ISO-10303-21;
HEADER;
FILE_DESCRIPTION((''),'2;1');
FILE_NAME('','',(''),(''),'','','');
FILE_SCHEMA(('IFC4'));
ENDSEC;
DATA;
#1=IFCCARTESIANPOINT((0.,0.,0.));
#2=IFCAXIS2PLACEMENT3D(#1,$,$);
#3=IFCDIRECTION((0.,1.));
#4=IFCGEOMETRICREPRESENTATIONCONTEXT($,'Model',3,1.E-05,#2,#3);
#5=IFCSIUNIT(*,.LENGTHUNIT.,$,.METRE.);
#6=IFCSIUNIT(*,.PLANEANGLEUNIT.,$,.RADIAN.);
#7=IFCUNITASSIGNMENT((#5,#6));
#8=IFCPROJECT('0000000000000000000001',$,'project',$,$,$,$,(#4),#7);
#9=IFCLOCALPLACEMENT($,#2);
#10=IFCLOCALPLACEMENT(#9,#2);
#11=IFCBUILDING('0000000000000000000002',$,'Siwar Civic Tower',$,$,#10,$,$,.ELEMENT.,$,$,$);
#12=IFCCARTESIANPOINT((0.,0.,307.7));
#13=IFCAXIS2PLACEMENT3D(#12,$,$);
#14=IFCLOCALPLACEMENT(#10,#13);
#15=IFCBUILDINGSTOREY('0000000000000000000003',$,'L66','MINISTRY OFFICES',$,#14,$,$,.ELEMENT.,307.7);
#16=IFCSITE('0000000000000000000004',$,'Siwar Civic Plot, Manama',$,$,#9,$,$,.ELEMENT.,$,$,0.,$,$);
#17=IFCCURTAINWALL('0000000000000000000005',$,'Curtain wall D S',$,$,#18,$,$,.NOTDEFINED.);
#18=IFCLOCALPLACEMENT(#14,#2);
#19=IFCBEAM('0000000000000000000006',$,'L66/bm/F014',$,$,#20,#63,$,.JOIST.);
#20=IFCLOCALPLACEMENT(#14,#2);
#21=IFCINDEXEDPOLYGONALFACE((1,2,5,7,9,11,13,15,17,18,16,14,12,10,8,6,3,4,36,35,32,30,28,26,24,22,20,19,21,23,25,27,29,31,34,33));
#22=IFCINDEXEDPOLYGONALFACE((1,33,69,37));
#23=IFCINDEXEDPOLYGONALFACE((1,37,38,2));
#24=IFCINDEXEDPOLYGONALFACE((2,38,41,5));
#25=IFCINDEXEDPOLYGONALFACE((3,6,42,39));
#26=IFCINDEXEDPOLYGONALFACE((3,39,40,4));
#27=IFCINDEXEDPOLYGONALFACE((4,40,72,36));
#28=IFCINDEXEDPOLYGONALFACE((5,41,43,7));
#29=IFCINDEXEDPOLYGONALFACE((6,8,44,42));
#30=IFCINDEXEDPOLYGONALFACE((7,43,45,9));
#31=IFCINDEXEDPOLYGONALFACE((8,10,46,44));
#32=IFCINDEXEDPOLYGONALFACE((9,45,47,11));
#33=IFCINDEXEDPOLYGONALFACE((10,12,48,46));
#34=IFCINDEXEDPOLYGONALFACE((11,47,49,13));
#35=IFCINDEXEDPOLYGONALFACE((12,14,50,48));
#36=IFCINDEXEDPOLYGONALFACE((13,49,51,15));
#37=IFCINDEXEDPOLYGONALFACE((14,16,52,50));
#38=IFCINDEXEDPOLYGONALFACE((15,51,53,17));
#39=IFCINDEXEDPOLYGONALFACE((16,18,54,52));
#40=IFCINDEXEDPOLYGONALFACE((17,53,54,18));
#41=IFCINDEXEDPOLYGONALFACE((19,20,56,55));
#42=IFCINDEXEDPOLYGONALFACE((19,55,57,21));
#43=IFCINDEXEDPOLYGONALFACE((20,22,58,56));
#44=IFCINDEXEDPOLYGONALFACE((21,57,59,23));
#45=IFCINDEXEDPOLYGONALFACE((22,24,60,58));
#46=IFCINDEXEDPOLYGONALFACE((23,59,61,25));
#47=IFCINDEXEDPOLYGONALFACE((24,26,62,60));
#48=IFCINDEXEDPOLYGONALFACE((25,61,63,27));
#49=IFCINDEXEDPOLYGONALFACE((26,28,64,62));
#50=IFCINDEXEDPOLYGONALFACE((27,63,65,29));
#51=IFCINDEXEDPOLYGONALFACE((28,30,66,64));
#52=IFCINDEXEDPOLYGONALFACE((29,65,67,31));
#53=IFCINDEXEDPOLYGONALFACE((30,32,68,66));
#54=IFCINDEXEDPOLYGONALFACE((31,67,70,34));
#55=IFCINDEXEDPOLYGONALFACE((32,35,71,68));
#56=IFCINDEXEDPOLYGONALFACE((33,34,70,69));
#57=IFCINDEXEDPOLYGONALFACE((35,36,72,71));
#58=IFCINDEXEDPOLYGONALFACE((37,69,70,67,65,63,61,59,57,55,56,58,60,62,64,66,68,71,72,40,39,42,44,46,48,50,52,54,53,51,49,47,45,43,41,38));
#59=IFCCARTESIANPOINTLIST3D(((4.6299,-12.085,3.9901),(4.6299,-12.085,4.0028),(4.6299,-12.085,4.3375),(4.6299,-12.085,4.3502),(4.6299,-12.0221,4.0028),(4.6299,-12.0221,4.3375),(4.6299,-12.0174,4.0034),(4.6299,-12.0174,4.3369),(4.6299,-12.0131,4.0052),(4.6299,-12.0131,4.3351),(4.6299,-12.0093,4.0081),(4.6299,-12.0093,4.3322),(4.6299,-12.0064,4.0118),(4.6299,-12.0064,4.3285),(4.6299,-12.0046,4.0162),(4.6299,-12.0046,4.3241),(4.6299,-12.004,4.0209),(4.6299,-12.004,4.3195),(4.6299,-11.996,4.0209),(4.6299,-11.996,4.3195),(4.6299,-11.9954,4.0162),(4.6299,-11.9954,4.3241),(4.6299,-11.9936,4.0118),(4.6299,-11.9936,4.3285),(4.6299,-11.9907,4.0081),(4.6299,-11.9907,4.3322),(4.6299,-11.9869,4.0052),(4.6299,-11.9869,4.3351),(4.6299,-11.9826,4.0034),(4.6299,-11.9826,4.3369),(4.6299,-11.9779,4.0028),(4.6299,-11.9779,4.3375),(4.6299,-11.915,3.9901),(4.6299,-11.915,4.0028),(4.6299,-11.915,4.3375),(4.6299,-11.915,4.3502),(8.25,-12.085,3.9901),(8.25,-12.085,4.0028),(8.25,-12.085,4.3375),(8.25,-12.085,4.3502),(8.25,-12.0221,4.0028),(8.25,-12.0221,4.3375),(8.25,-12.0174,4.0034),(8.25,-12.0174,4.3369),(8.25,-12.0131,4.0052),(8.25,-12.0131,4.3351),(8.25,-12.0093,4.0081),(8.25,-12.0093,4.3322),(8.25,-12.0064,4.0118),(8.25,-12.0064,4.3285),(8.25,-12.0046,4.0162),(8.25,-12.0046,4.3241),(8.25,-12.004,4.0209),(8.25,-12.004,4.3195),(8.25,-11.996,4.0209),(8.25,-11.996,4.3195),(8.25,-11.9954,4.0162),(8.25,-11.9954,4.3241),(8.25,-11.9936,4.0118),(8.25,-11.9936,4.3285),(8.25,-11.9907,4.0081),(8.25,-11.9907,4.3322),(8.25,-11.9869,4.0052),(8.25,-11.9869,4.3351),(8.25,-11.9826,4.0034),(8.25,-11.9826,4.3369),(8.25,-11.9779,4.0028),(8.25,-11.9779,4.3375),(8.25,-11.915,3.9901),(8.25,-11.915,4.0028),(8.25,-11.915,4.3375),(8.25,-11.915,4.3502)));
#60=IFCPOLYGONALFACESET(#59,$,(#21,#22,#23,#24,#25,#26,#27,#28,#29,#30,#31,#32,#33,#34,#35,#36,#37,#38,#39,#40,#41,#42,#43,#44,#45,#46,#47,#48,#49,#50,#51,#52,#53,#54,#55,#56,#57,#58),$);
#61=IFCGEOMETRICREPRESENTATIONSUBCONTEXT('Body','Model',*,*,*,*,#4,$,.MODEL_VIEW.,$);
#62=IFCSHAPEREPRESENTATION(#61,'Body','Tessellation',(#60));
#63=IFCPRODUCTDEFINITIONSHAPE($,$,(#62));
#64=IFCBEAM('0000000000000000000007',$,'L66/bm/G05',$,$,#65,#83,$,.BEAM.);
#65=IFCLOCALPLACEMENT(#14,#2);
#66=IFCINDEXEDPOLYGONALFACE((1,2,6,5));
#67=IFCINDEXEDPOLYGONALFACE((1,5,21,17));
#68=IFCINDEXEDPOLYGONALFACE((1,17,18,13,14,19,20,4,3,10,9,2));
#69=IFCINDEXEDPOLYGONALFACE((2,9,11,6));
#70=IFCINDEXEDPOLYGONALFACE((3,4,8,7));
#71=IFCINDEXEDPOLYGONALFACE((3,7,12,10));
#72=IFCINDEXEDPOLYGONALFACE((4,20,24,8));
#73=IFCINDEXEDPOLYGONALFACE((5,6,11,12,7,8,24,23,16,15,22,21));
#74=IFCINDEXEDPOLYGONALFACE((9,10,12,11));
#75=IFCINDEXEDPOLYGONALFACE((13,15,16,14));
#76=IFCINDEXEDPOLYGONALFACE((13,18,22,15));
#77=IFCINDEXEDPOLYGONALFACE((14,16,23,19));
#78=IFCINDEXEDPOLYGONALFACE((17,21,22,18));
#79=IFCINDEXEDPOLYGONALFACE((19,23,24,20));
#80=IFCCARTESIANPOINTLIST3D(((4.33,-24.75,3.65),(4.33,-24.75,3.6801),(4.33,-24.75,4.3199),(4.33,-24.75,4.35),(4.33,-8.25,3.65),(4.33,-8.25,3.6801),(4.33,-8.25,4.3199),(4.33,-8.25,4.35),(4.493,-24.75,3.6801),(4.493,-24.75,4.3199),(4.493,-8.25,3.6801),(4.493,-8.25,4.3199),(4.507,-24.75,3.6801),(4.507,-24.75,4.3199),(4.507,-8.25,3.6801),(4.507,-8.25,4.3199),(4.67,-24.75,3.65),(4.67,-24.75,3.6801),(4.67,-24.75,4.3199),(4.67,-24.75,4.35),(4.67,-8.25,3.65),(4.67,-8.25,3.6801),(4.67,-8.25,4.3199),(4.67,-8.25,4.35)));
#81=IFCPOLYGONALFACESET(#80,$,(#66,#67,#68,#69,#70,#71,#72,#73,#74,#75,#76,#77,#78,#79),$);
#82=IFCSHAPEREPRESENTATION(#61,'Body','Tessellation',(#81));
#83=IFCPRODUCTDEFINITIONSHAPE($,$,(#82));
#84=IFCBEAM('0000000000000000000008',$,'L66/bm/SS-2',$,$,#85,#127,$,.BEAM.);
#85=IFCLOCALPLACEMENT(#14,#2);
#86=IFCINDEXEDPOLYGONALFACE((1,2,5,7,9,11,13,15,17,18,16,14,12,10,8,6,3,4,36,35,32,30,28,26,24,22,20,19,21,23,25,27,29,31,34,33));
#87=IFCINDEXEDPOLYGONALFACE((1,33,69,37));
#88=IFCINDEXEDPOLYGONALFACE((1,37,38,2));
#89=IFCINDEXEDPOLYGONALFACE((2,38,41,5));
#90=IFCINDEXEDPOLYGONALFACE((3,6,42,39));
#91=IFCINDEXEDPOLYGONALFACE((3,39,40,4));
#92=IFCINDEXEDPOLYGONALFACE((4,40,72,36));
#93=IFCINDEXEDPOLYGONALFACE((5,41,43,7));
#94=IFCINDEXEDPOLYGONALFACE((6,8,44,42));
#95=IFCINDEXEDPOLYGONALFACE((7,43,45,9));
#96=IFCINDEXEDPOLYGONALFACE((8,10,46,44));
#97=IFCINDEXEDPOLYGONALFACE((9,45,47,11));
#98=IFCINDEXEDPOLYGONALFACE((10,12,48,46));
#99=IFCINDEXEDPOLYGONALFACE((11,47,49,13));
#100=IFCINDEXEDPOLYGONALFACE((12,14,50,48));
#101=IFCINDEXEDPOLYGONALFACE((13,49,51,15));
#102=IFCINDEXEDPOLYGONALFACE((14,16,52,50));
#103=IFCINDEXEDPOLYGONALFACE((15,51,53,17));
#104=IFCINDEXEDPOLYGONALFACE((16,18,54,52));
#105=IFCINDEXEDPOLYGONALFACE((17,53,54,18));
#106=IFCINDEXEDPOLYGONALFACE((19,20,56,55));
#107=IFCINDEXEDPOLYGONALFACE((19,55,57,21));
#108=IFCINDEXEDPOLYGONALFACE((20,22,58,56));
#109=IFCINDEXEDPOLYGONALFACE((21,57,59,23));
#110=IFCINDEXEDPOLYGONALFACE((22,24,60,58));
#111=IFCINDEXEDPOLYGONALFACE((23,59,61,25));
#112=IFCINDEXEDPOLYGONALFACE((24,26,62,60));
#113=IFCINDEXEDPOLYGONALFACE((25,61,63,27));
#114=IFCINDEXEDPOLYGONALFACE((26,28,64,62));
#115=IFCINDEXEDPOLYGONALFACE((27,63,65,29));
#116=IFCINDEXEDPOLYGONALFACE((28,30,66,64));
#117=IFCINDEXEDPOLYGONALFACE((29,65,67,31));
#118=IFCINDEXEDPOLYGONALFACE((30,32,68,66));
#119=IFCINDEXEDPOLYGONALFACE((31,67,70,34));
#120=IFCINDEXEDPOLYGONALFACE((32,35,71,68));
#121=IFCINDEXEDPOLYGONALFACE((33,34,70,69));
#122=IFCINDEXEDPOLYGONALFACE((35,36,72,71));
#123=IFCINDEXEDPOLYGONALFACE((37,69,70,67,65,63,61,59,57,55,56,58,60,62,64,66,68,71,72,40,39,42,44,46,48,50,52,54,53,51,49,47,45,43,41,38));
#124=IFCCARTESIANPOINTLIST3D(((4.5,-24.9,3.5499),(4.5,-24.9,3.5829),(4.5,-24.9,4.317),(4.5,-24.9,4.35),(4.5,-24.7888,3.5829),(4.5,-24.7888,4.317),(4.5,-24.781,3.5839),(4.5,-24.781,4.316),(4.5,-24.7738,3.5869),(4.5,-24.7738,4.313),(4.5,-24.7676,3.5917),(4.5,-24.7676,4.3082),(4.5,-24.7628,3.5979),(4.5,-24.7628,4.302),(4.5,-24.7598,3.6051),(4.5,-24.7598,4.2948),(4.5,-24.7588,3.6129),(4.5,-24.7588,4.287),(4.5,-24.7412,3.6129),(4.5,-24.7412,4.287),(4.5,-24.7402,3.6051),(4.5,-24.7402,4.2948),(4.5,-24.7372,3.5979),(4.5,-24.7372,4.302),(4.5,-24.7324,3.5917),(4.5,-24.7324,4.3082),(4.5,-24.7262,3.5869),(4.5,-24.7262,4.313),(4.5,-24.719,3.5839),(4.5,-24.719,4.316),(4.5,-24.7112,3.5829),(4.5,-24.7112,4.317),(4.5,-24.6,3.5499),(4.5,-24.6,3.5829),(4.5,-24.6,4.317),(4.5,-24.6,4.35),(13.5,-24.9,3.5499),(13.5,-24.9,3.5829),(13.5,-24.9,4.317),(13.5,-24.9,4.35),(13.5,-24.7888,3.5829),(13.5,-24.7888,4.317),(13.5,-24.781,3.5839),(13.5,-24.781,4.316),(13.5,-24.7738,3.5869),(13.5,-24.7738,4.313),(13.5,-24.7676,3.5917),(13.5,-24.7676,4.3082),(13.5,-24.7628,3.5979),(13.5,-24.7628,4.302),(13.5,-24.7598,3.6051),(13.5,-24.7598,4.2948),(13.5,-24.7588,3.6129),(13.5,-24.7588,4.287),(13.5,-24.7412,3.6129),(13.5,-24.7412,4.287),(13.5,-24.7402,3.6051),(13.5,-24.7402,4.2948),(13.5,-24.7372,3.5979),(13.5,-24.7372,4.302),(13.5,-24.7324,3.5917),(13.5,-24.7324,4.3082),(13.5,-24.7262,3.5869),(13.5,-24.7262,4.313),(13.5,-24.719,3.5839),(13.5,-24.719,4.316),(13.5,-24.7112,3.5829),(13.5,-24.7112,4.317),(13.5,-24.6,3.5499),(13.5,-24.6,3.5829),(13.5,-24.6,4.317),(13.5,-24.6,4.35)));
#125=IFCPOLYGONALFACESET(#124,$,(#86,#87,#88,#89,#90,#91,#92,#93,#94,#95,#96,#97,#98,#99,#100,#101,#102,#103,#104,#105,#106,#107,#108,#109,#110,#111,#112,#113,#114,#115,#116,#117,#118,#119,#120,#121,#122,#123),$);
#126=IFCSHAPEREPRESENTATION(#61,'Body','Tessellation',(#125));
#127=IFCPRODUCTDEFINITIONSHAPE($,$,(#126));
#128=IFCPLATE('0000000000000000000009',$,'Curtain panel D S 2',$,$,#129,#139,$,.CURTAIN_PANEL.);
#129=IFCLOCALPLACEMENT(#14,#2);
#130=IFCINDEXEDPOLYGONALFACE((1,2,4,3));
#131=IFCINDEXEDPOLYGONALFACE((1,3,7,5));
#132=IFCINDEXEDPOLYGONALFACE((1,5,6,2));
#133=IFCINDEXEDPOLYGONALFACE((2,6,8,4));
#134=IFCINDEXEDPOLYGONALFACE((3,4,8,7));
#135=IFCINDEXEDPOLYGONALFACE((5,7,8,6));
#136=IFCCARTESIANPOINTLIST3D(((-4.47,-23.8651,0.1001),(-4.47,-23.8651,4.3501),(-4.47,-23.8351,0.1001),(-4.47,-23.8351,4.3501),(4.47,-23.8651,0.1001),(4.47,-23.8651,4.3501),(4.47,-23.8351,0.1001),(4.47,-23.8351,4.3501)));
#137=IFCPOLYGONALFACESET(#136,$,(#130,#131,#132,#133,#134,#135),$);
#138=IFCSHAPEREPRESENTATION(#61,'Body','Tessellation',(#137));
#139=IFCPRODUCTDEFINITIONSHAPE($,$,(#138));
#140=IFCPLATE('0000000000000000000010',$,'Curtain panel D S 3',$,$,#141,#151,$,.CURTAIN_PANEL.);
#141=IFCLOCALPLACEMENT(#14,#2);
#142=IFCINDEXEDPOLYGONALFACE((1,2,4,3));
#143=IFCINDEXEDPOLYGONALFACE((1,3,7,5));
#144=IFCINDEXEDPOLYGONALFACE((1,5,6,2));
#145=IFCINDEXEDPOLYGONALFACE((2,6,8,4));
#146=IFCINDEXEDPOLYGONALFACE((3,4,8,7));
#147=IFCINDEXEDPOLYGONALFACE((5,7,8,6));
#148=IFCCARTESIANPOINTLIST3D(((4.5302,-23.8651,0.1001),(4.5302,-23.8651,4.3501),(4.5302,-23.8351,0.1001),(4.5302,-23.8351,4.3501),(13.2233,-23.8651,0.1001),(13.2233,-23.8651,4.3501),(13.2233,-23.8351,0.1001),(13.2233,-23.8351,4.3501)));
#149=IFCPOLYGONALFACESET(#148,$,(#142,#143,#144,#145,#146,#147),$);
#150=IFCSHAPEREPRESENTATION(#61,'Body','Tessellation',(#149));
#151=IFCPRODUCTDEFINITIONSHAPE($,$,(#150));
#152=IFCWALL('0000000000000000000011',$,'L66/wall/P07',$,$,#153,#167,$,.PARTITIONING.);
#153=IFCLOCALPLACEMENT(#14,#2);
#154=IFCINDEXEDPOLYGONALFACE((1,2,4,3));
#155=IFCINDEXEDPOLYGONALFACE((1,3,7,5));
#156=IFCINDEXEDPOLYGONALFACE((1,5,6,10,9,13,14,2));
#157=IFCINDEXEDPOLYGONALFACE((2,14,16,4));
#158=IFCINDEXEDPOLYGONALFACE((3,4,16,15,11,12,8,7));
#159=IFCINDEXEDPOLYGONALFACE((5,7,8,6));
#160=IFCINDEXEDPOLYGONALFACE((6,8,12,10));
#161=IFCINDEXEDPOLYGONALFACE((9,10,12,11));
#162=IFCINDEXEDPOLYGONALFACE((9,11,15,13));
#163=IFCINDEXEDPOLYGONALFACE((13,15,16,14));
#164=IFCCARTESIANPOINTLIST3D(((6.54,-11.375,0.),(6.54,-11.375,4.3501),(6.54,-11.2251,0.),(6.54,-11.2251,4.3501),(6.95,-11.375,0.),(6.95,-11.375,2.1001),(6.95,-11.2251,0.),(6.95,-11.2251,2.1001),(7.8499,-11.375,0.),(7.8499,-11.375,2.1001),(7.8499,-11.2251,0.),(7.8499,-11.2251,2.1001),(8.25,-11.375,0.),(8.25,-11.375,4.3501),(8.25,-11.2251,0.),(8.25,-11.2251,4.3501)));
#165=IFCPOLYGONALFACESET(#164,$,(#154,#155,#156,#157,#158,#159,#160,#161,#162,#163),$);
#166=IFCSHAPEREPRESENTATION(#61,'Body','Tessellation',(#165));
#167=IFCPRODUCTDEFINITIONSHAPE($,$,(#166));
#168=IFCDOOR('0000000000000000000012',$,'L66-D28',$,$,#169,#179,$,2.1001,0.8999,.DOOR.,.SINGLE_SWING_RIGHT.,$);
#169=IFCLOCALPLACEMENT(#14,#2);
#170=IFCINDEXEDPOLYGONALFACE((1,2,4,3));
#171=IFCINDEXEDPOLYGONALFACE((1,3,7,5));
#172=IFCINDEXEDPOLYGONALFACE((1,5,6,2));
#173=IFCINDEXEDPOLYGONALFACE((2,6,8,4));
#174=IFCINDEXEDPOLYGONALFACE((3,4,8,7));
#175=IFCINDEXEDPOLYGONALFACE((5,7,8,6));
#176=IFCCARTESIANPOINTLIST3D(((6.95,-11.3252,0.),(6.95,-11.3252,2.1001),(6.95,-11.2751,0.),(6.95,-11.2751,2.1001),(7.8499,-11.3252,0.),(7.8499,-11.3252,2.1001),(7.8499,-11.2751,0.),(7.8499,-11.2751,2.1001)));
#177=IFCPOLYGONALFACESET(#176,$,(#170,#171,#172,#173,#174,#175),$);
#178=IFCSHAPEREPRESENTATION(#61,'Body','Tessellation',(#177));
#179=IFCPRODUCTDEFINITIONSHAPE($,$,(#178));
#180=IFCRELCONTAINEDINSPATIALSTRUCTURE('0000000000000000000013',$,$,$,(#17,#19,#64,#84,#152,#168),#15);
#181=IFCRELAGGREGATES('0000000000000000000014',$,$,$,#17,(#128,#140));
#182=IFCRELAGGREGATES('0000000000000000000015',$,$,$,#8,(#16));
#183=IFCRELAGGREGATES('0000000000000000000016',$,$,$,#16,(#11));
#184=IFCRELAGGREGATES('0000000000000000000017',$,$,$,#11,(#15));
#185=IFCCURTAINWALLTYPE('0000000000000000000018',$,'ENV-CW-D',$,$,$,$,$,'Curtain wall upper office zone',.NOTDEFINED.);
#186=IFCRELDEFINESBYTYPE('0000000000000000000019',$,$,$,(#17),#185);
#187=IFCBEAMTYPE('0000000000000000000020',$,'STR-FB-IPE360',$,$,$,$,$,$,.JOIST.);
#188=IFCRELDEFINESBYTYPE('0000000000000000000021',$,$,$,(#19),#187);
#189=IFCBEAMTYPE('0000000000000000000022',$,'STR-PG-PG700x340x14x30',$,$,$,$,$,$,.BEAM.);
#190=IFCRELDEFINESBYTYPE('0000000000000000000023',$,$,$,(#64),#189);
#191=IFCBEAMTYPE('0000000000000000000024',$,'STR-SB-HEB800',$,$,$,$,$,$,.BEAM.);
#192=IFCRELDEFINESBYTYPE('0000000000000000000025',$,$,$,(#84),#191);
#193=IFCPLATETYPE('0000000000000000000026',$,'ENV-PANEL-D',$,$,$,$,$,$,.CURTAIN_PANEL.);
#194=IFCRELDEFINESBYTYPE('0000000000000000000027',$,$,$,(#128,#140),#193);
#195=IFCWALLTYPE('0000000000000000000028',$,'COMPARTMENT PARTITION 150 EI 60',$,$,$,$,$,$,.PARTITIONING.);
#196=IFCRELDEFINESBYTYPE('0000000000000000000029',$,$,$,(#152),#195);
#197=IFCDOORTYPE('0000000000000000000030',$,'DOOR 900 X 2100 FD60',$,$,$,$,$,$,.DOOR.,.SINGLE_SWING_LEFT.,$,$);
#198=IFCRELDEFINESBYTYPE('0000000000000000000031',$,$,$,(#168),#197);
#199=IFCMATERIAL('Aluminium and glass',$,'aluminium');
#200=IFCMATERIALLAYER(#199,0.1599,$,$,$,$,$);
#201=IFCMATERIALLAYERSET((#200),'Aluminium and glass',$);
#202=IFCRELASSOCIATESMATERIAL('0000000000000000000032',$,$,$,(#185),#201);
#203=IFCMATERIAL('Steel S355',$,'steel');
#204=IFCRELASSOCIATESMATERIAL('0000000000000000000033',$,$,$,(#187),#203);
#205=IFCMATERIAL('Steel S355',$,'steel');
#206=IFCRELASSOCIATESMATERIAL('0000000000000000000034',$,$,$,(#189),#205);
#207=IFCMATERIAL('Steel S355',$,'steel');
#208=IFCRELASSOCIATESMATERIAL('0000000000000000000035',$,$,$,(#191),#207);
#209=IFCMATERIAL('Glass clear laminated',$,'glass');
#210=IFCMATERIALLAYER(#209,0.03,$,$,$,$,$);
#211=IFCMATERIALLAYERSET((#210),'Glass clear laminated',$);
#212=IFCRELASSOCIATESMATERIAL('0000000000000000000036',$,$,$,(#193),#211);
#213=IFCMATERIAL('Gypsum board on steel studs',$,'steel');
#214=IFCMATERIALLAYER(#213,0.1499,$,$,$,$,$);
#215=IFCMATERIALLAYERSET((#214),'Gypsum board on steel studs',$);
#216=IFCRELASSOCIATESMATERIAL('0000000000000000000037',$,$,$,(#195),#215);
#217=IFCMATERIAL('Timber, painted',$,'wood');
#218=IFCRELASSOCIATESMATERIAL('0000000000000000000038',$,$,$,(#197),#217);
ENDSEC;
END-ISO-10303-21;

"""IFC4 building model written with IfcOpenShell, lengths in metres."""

from ifc_helpers import new_model, si_unit, direction, frame, frame_2d, origin, origin_2d, place, context, subcontext, project, spatial, rectangle, i_section, extrude, material, layer, layer_set, material_profile, profile_set, type_object, element, fill, aggregate, save


model = new_model("IFC4")

# Units and contexts
model_context = context("Model", 3, precision=1e-05, world=origin(), true_north=direction((0.0, 1.0)))
body_context = subcontext(model_context, "Body", "Model", "MODEL_VIEW")
ifc_project = project(units=[si_unit("LENGTHUNIT", "METRE"), si_unit("PLANEANGLEUNIT", "RADIAN")], contexts=[model_context])

# Site, building, storey
site_placement = place(None, origin())
site = spatial("IfcSite", under=ifc_project, at=site_placement, Name="Siwar Civic Plot, Manama", CompositionType="ELEMENT", RefElevation=0.0)
building_placement = place(site_placement, origin())
building = spatial("IfcBuilding", under=site, at=building_placement, Name="Siwar Civic Tower", CompositionType="ELEMENT")
storey_placement = place(building_placement, frame((0.0, 0.0, 307.7)))
storey = spatial("IfcBuildingStorey", under=building, at=storey_placement, Name="L66", Description="MINISTRY OFFICES", CompositionType="ELEMENT", Elevation=307.7)

# Curtain wall
ifc_material_1 = material(Name="Aluminium and glass", Category="aluminium")
ifc_layer_1 = layer(ifc_material_1, 0.1599)
ifc_layer_set_1 = layer_set([ifc_layer_1], Name="Aluminium and glass")
curtain_wall_type_1 = type_object("IfcCurtainWallType", Name="ENV-CW-D", ElementType="Curtain wall upper office zone", PredefinedType="NOTDEFINED", material=ifc_layer_set_1)
curtain_wall_1_placement = place(storey_placement, origin())
curtain_wall_1 = element("IfcCurtainWall", 1, at=curtain_wall_1_placement, inside=storey, type_object=curtain_wall_type_1, Name="Curtain wall D S", PredefinedType="NOTDEFINED")

# Beams
ifc_material_2 = material(Name="Steel S355", Category="steel")
ifc_material_profile_1 = material_profile(ifc_material_2, i_section(OverallWidth=0.1699, OverallDepth=0.3601, WebThickness=0.0081, FlangeThickness=0.0127, FilletRadius=0.0181, at=origin_2d()), Name="IPE360")
ifc_profile_set_1 = profile_set([ifc_material_profile_1], Name="Steel S355")
beam_type_1 = type_object("IfcBeamType", Name="STR-FB-IPE360", PredefinedType="JOIST", material=ifc_profile_set_1)
beam_1_placement = place(storey_placement, frame((4.6299, -12.0, 4.1702), z_axis=(1.0, 0.0, 0.0), x_axis=(0.0, 1.0, 0.0)))
element("IfcBeam", 2, at=beam_1_placement, inside=storey, type_object=beam_type_1, Name="L66/bm/F014", PredefinedType="JOIST", context=body_context, shape_type="SweptSolid", body=[
    extrude(i_section(OverallWidth=0.1699, OverallDepth=0.3601, WebThickness=0.0081, FlangeThickness=0.0127, FilletRadius=0.0181, at=origin_2d()), origin(), (0.0, 0.0, 1.0), 3.6201),
])
ifc_material_3 = material(Name="Steel S355", Category="steel")
ifc_material_profile_2 = material_profile(ifc_material_3, i_section(OverallWidth=0.3401, OverallDepth=0.7, WebThickness=0.0139, FlangeThickness=0.03, at=origin_2d()), Name="PG700x340x14x30")
ifc_profile_set_2 = profile_set([ifc_material_profile_2], Name="Steel S355")
beam_type_2 = type_object("IfcBeamType", Name="STR-PG-PG700x340x14x30", PredefinedType="BEAM", material=ifc_profile_set_2)
beam_2_placement = place(storey_placement, frame((4.5, -24.75, 4.0), z_axis=(0.0, 1.0, 0.0), x_axis=(-1.0, 0.0, 0.0)))
element("IfcBeam", 3, at=beam_2_placement, inside=storey, type_object=beam_type_2, Name="L66/bm/G05", PredefinedType="BEAM", context=body_context, shape_type="SweptSolid", body=[
    extrude(i_section(OverallWidth=0.3401, OverallDepth=0.7, WebThickness=0.0139, FlangeThickness=0.03, at=origin_2d()), origin(), (0.0, 0.0, 1.0), 16.5),
])
ifc_material_4 = material(Name="Steel S355", Category="steel")
ifc_material_profile_3 = material_profile(ifc_material_4, i_section(OverallWidth=0.3, OverallDepth=0.8, WebThickness=0.0176, FlangeThickness=0.033, FilletRadius=0.03, at=origin_2d()), Name="HEB800")
ifc_profile_set_3 = profile_set([ifc_material_profile_3], Name="Steel S355")
beam_type_3 = type_object("IfcBeamType", Name="STR-SB-HEB800", PredefinedType="BEAM", material=ifc_profile_set_3)
beam_3_placement = place(storey_placement, frame((4.5, -24.75, 3.95), z_axis=(1.0, 0.0, 0.0), x_axis=(0.0, 1.0, 0.0)))
element("IfcBeam", 4, at=beam_3_placement, inside=storey, type_object=beam_type_3, Name="L66/bm/SS-2", PredefinedType="BEAM", context=body_context, shape_type="SweptSolid", body=[
    extrude(i_section(OverallWidth=0.3, OverallDepth=0.8, WebThickness=0.0176, FlangeThickness=0.033, FilletRadius=0.03, at=origin_2d()), origin(), (0.0, 0.0, 1.0), 9.0),
])

# Plates
ifc_material_5 = material(Name="Glass clear laminated", Category="glass")
ifc_layer_2 = layer(ifc_material_5, 0.03)
ifc_layer_set_2 = layer_set([ifc_layer_2], Name="Glass clear laminated")
plate_type = type_object("IfcPlateType", Name="ENV-PANEL-D", PredefinedType="CURTAIN_PANEL", material=ifc_layer_set_2)
plate_1_placement = place(storey_placement, frame((0.0, -23.8501, 0.1001), z_axis=(0.0, 0.0, 1.0), x_axis=(1.0, 0.0, 0.0)))
plate_1 = element("IfcPlate", 5, at=plate_1_placement, type_object=plate_type, Name="Curtain panel D S 2", PredefinedType="CURTAIN_PANEL", context=body_context, shape_type="SweptSolid", body=[
    extrude(rectangle(XDim=8.9399, YDim=0.03, at=origin_2d()), origin(), (0.0, 0.0, 1.0), 4.25),
])
plate_2_placement = place(storey_placement, frame((8.8767, -23.8501, 0.1001), z_axis=(0.0, 0.0, 1.0), x_axis=(1.0, 0.0, 0.0)))
plate_2 = element("IfcPlate", 6, at=plate_2_placement, type_object=plate_type, Name="Curtain panel D S 3", PredefinedType="CURTAIN_PANEL", context=body_context, shape_type="SweptSolid", body=[
    extrude(rectangle(XDim=8.6931, YDim=0.03, at=origin_2d()), origin(), (0.0, 0.0, 1.0), 4.25),
])
aggregate(curtain_wall_1, [plate_1, plate_2])

# Wall, opening, door
ifc_material_6 = material(Name="Gypsum board on steel studs", Category="steel")
ifc_layer_3 = layer(ifc_material_6, 0.1499)
ifc_layer_set_3 = layer_set([ifc_layer_3], Name="Gypsum board on steel studs")
wall_type_1 = type_object("IfcWallType", Name="COMPARTMENT PARTITION 150 EI 60", PredefinedType="PARTITIONING", material=ifc_layer_set_3)
wall_1_placement = place(storey_placement, frame((6.54, -11.3, 0.0), z_axis=(0.0, 0.0, 1.0), x_axis=(1.0, 0.0, 0.0)))
wall_1 = element("IfcWall", 7, at=wall_1_placement, inside=storey, type_object=wall_type_1, Name="L66/wall/P07", PredefinedType="PARTITIONING", context=body_context, shape_type="SweptSolid", body=[
    extrude(rectangle(XDim=1.71, YDim=0.1499, at=frame_2d((0.855, 0.0))), origin(), (0.0, 0.0, 1.0), 4.3501),
])
opening_1_placement = place(wall_1_placement, frame((0.4099, 0.0, 0.0)))
opening_1 = element("IfcOpeningElement", 8, at=opening_1_placement, cuts=wall_1, PredefinedType="OPENING", context=body_context, shape_type="SweptSolid", body=[
    extrude(rectangle(XDim=0.8999, YDim=2.1001, at=frame_2d((0.45, 1.05))), frame((0.0, 0.085, 0.0), z_axis=(0.0, -1.0, 0.0), x_axis=(1.0, 0.0, 0.0)), (0.0, 0.0, 1.0), 0.1699),
])
ifc_material_7 = material(Name="Timber, painted", Category="wood")
door_type_1 = type_object("IfcDoorType", Name="DOOR 900 X 2100 FD60", OperationType="SINGLE_SWING_LEFT", PredefinedType="DOOR", material=ifc_material_7)
door_1_placement = place(opening_1_placement, origin())
door_1 = element("IfcDoor", 9, at=door_1_placement, inside=storey, type_object=door_type_1, Name="L66-D28", OperationType="SINGLE_SWING_RIGHT", OverallHeight=2.1001, OverallWidth=0.8999, PredefinedType="DOOR", context=body_context, shape_type="SweptSolid", body=[
    extrude(rectangle(XDim=0.8999, YDim=2.1001, at=frame_2d((0.45, 1.05))), frame((0.0, 0.0249, 0.0), z_axis=(0.0, -1.0, 0.0), x_axis=(1.0, 0.0, 0.0)), (0.0, 0.0, 1.0), 0.05),
])
fill(opening_1, door_1)

save(model, "model.ifc")
